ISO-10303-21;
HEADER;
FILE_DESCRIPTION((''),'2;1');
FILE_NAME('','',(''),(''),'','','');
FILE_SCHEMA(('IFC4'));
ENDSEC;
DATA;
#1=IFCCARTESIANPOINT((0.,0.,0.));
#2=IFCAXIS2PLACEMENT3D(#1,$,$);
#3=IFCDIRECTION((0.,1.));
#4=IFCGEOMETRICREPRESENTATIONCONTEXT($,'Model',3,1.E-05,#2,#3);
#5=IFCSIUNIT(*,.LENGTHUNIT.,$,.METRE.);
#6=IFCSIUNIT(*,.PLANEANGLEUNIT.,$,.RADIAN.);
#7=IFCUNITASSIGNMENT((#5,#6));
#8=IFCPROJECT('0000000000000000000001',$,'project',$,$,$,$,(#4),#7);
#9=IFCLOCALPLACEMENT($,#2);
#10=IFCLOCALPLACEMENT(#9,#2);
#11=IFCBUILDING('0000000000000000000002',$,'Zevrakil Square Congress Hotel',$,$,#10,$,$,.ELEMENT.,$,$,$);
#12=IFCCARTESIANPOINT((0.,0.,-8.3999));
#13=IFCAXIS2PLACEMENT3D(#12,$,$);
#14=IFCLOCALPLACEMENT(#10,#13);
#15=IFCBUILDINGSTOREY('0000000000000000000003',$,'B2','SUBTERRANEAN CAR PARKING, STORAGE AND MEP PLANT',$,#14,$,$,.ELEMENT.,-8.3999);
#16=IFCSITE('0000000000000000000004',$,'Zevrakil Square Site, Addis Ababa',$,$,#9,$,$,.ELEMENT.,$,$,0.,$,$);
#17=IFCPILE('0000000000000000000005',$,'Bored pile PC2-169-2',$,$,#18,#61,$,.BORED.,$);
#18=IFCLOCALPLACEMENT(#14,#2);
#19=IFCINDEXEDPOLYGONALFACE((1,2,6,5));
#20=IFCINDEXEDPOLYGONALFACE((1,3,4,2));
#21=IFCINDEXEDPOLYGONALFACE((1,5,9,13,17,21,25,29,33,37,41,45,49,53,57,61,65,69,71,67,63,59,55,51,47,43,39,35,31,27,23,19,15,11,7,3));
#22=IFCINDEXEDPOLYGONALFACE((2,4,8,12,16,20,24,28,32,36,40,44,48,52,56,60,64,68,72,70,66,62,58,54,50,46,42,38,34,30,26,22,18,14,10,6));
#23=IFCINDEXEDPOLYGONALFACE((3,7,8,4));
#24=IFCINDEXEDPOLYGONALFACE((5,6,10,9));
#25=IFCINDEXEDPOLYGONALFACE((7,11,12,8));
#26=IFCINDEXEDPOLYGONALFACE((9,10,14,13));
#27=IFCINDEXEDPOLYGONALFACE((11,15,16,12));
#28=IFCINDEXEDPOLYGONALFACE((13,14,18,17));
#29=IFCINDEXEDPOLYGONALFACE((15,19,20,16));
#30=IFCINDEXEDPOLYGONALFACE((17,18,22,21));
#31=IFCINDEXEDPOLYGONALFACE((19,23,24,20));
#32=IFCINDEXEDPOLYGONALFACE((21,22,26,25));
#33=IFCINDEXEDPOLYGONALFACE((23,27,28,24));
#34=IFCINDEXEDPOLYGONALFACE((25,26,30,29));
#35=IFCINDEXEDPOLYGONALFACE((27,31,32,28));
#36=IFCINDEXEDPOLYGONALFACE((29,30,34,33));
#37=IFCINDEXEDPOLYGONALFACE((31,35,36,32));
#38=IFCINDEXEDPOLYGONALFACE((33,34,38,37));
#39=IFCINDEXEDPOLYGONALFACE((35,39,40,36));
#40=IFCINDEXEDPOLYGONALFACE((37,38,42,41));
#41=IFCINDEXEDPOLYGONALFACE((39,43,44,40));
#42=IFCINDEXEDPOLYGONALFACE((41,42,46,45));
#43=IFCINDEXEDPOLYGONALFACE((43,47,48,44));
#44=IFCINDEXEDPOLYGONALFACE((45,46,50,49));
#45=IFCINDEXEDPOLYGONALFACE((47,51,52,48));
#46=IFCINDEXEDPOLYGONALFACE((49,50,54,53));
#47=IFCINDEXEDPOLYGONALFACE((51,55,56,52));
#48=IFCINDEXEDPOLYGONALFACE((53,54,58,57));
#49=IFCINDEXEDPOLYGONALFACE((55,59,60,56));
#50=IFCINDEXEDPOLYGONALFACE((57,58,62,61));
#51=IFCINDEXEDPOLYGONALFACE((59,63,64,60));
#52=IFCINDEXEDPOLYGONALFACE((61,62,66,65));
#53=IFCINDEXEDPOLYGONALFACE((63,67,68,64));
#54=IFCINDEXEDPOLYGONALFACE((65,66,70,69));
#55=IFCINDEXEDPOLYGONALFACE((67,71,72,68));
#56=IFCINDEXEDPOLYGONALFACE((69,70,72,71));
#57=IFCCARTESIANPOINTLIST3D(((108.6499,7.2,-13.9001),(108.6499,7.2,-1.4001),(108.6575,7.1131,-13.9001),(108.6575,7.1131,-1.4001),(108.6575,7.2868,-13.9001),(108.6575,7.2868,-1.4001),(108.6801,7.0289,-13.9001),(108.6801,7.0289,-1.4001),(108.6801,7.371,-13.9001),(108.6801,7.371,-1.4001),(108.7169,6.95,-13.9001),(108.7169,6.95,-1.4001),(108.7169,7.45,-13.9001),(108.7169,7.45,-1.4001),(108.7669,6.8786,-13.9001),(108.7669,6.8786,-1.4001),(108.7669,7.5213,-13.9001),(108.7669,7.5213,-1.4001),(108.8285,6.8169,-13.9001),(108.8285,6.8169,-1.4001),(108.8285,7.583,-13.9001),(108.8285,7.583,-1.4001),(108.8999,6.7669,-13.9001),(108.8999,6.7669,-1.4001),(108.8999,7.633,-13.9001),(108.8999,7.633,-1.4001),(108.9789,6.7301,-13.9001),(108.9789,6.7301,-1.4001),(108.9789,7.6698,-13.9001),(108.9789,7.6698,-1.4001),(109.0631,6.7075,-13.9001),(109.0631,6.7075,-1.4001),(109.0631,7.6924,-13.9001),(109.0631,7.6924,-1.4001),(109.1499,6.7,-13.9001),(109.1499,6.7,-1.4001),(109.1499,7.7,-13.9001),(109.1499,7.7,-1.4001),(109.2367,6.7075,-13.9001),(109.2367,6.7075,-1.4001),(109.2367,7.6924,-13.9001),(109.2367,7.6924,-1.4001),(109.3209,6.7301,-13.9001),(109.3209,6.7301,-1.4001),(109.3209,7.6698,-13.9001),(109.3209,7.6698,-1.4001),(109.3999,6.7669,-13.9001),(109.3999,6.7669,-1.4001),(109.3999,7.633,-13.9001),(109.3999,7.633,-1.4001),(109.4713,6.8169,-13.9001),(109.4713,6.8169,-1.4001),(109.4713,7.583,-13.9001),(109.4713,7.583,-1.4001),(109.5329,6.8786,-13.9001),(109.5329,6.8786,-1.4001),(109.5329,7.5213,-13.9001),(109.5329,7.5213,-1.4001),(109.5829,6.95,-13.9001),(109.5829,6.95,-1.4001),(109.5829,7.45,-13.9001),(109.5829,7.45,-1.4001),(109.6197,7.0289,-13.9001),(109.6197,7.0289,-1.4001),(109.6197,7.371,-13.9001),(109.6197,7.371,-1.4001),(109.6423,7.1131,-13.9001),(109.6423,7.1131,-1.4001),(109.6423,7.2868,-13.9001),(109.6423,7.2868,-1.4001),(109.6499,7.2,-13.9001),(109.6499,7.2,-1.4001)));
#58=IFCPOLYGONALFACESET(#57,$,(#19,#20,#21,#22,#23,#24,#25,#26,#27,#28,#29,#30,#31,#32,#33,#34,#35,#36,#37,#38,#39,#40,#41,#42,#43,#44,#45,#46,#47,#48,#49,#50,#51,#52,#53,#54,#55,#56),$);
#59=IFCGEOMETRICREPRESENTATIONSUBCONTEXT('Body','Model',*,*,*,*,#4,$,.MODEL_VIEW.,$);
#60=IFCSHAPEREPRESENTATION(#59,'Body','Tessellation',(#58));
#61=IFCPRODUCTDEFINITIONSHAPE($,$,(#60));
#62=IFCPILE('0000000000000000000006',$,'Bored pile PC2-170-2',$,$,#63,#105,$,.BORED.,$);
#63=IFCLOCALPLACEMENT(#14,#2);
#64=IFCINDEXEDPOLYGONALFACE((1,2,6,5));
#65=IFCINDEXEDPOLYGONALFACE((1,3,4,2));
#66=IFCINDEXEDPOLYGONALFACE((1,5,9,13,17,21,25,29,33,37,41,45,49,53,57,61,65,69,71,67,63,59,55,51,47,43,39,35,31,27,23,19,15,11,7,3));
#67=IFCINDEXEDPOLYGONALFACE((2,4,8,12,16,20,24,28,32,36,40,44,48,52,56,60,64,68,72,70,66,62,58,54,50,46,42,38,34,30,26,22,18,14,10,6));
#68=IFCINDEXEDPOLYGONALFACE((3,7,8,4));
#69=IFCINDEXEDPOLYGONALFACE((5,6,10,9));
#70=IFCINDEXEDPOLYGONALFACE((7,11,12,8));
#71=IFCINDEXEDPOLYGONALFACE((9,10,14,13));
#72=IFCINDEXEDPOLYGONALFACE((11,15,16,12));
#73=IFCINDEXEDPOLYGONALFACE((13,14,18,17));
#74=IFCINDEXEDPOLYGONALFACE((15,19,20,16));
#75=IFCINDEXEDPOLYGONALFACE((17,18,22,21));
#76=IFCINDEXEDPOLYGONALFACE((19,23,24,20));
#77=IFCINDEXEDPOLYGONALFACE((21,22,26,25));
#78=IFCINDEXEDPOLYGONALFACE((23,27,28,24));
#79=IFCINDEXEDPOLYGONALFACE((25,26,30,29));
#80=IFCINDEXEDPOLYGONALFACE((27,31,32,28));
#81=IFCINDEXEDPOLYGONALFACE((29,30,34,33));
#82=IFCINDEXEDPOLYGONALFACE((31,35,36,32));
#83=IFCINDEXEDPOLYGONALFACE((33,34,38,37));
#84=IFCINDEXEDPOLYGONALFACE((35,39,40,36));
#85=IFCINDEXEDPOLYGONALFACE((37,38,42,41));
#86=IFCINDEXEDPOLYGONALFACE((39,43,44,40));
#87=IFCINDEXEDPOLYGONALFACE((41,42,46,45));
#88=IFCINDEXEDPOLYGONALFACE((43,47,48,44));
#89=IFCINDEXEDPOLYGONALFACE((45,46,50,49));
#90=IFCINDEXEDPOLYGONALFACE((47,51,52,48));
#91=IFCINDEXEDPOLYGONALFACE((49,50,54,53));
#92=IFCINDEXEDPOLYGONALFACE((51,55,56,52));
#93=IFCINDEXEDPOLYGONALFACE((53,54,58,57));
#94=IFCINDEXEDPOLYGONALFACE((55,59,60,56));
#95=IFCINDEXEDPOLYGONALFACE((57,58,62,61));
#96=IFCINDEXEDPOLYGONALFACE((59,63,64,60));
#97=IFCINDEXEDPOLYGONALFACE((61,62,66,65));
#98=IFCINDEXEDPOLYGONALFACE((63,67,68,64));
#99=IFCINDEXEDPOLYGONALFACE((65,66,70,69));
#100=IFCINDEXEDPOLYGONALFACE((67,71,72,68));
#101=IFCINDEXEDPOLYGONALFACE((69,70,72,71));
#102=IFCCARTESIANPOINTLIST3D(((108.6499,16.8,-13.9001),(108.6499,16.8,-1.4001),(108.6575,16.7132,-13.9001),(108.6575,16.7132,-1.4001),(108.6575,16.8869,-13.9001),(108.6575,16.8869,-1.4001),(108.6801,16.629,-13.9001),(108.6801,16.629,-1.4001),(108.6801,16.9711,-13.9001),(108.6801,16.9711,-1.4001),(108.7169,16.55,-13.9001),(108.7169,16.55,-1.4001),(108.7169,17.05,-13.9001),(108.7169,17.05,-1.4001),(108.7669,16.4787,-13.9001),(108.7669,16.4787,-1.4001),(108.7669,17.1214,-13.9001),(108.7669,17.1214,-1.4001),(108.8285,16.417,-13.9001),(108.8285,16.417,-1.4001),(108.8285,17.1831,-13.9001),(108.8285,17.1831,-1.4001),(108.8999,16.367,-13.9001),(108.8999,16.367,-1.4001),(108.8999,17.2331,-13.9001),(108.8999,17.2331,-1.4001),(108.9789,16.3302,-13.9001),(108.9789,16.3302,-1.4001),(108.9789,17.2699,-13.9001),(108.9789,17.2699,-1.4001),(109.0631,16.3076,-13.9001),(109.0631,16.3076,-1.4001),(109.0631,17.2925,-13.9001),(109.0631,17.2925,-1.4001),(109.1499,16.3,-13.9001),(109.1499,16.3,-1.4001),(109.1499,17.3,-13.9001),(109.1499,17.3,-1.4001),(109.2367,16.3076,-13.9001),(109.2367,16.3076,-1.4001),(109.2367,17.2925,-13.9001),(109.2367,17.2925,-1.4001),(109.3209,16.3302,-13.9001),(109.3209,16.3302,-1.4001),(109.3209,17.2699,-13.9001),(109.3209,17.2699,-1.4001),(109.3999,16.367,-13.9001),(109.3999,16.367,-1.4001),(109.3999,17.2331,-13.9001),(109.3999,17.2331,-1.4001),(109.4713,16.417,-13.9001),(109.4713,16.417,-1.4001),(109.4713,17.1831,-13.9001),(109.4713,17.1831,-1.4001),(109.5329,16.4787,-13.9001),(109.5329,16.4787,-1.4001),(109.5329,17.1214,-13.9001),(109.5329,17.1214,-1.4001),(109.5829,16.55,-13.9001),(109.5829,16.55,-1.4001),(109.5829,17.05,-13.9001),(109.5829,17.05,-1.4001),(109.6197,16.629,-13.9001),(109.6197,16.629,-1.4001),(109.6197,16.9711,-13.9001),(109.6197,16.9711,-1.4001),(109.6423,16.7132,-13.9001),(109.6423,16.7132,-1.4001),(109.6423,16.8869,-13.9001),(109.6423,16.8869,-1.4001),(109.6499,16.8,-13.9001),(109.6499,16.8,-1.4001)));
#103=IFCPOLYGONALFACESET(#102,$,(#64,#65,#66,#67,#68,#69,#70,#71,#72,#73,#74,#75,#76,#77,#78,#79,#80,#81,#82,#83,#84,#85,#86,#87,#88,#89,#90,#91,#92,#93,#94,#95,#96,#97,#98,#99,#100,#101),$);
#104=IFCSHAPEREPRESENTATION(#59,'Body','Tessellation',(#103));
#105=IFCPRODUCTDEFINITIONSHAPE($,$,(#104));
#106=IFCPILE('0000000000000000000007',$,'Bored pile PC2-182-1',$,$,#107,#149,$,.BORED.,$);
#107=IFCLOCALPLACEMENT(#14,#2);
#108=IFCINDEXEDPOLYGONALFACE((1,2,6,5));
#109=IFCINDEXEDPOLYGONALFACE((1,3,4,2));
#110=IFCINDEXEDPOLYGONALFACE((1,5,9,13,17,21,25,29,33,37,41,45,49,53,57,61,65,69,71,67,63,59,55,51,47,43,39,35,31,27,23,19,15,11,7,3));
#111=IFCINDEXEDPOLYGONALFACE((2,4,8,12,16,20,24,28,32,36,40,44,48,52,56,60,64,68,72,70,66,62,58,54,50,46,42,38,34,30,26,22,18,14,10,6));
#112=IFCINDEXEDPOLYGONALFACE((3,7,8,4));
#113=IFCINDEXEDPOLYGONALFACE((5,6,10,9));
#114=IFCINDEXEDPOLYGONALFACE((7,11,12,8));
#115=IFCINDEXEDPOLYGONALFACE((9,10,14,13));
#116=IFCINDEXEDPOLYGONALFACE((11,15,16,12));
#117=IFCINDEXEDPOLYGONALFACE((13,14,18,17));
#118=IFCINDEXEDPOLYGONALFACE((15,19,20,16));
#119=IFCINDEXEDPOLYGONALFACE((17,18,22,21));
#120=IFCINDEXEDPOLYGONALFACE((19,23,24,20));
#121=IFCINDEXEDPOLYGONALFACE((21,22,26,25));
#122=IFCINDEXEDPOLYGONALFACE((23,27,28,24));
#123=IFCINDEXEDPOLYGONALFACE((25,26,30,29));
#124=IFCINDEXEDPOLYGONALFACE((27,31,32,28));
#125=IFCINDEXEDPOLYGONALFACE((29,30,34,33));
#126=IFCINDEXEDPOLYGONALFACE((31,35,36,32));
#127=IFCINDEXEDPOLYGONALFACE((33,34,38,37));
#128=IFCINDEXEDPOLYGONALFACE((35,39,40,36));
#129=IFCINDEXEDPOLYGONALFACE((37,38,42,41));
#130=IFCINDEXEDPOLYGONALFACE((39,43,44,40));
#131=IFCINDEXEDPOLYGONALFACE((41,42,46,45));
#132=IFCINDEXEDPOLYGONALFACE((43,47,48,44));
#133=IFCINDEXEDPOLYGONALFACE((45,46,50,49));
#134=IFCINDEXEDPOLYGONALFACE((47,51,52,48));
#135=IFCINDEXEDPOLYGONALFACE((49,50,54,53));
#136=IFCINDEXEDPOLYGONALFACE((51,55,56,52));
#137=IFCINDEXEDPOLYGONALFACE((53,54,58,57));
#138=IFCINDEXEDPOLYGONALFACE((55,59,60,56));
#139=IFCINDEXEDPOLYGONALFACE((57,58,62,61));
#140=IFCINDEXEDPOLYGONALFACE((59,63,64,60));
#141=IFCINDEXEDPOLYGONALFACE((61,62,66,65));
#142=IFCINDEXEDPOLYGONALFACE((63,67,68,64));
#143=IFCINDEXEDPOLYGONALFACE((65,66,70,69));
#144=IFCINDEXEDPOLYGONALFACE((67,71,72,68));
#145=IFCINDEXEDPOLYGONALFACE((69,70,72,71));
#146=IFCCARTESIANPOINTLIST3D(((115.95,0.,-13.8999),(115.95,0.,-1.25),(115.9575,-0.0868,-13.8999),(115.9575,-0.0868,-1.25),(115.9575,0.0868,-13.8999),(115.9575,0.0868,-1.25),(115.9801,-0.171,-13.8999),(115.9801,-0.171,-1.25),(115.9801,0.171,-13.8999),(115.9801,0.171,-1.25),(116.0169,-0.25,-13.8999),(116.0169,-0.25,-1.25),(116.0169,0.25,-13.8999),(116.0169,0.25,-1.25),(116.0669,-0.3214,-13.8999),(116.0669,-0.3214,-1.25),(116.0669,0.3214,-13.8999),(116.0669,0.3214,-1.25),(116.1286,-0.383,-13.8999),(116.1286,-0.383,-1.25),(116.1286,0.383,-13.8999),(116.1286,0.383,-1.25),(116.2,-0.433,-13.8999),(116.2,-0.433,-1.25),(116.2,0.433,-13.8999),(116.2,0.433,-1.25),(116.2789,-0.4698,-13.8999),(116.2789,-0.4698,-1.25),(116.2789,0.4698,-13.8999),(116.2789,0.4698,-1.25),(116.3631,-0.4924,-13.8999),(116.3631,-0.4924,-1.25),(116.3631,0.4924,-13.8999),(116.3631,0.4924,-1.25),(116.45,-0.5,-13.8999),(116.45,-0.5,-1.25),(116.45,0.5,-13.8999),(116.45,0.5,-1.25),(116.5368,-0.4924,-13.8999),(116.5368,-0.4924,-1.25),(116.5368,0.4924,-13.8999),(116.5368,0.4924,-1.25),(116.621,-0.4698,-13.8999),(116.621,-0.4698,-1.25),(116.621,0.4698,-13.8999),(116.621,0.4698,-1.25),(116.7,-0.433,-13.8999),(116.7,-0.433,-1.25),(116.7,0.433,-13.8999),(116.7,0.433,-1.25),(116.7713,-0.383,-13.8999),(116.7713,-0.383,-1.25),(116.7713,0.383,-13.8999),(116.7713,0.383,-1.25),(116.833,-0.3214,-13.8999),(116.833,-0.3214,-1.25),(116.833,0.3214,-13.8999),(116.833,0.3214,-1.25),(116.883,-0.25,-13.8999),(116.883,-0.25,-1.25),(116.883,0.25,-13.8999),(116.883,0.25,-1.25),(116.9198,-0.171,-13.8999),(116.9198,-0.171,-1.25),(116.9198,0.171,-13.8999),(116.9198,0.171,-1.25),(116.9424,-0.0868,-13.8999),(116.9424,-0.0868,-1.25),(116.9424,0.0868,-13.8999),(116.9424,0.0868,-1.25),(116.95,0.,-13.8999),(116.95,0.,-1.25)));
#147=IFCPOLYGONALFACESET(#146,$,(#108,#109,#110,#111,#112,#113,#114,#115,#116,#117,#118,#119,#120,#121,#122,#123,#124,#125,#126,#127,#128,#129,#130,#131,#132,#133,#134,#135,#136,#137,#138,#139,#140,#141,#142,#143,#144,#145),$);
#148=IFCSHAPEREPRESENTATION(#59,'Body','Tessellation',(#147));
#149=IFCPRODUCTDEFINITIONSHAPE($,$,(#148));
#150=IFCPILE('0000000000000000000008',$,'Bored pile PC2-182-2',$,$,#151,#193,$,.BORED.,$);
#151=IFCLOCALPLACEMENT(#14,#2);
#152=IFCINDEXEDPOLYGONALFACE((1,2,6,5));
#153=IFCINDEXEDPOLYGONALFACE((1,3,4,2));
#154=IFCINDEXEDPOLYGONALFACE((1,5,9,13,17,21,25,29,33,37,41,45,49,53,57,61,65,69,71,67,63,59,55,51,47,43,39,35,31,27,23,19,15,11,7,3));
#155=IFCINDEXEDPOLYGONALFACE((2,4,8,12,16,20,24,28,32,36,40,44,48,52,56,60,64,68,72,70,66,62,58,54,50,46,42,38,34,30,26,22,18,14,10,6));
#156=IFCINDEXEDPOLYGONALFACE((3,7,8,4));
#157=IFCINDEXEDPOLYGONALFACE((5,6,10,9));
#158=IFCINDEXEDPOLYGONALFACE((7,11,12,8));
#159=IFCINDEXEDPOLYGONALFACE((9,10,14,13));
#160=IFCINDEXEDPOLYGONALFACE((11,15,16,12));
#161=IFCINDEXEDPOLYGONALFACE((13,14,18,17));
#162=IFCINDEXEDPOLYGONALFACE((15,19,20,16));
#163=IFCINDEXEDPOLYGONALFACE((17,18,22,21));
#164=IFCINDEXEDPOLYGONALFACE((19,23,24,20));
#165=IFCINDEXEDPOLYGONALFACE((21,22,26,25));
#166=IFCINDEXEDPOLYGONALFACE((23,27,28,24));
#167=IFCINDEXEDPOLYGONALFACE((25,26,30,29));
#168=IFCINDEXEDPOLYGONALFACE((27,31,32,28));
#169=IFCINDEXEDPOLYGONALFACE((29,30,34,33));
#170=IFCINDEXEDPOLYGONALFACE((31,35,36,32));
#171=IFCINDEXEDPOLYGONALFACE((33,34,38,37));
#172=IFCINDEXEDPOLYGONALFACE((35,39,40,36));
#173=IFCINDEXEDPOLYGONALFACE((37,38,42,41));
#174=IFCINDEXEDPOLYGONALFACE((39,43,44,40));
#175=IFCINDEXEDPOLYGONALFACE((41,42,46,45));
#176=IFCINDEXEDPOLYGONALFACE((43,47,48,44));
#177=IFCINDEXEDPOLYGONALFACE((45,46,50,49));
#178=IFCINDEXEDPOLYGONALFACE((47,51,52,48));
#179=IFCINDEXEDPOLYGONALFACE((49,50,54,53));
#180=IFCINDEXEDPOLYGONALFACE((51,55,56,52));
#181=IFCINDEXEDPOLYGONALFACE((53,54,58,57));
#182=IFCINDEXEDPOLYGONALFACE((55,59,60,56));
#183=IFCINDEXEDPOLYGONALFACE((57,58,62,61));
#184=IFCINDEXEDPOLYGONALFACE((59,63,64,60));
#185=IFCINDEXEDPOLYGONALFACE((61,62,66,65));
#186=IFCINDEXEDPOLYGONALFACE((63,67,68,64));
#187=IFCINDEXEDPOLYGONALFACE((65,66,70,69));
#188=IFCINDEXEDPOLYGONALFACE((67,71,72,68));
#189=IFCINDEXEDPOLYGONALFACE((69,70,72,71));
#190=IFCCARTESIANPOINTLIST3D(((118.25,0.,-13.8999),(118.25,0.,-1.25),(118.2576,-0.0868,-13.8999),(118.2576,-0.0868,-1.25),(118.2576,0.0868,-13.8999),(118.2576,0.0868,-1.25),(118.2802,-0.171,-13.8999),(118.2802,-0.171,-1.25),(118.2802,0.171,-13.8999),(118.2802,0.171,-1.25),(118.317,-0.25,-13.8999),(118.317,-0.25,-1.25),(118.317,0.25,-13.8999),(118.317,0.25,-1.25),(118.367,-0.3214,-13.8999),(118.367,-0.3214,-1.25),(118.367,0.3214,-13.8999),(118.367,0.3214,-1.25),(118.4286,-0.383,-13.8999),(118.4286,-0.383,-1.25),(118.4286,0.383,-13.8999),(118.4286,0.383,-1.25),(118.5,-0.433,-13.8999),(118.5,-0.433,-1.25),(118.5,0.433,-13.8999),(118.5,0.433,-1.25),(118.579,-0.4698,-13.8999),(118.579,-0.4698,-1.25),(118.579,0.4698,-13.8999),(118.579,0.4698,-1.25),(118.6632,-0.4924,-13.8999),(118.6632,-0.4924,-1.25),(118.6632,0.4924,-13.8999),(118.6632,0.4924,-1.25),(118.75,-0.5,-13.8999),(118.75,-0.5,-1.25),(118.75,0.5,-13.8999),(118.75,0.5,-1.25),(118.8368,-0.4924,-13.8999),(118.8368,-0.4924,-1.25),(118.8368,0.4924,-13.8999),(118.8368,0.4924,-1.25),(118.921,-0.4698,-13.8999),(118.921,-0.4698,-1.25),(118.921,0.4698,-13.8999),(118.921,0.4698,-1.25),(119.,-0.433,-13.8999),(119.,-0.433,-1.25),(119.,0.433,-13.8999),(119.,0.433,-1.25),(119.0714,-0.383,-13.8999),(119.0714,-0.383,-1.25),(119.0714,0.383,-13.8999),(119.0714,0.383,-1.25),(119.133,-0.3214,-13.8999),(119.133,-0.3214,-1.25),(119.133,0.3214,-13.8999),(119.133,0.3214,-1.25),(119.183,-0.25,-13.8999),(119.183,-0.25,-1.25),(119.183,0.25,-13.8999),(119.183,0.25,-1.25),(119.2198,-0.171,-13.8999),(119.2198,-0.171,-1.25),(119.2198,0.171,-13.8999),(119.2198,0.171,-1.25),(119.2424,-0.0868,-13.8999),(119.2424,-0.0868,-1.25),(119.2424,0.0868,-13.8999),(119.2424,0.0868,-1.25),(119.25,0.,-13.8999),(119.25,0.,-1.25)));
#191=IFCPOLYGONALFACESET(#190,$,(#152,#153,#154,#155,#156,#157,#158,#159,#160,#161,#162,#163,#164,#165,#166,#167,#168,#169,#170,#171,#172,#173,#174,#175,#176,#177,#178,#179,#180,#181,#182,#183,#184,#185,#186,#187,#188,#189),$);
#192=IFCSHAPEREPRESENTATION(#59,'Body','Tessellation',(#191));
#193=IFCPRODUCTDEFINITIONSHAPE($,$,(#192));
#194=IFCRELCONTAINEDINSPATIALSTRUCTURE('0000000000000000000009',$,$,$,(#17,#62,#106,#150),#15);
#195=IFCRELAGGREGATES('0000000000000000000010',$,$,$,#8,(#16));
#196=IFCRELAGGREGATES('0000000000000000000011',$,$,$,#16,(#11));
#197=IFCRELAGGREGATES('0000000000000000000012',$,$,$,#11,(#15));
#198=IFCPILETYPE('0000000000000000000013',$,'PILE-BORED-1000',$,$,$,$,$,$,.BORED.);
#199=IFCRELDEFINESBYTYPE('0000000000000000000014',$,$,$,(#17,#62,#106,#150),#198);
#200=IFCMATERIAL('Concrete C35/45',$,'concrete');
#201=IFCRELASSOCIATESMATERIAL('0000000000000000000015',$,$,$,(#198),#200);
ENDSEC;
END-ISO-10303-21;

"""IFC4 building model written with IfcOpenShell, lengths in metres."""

from ifc_helpers import new_model, si_unit, direction, frame, origin, origin_2d, place, context, subcontext, project, spatial, circle, extrude, material, material_profile, profile_set, type_object, element, save


model = new_model("IFC4")

# Units and contexts
model_context = context("Model", 3, precision=1e-05, world=origin(), true_north=direction((0.0, 1.0)))
body_context = subcontext(model_context, "Body", "Model", "MODEL_VIEW")
ifc_project = project(units=[si_unit("LENGTHUNIT", "METRE"), si_unit("PLANEANGLEUNIT", "RADIAN")], contexts=[model_context])

# Site, building, storey
site_placement = place(None, origin())
site = spatial("IfcSite", under=ifc_project, at=site_placement, Name="Zevrakil Square Site, Addis Ababa", CompositionType="ELEMENT", RefElevation=0.0)
building_placement = place(site_placement, origin())
building = spatial("IfcBuilding", under=site, at=building_placement, Name="Zevrakil Square Congress Hotel", CompositionType="ELEMENT")
storey_placement = place(building_placement, frame((0.0, 0.0, -8.3999)))
storey = spatial("IfcBuildingStorey", under=building, at=storey_placement, Name="B2", Description="SUBTERRANEAN CAR PARKING, STORAGE AND MEP PLANT", CompositionType="ELEMENT", Elevation=-8.3999)

# Piles
ifc_material_1 = material(Name="Concrete C35/45", Category="concrete")
ifc_material_profile_1 = material_profile(ifc_material_1, circle(Radius=0.5, at=origin_2d()), Name="PILE D1000")
ifc_profile_set_1 = profile_set([ifc_material_profile_1], Name="Concrete C35/45")
pile_type_1 = type_object("IfcPileType", Name="PILE-BORED-1000", PredefinedType="BORED", material=ifc_profile_set_1)
for number, where, z_axis, x_axis, name in (
    (1, (109.1499, 7.2, -1.4001), (0.0, 0.0, -1.0), (1.0, 0.0, 0.0), "Bored pile PC2-169-2"),
    (2, (109.1499, 16.8, -1.4001), (0.0, 0.0, -1.0), (1.0, 0.0, 0.0), "Bored pile PC2-170-2"),
):
    element("IfcPile", number, at=place(storey_placement, frame(where, z_axis=z_axis, x_axis=x_axis)), inside=storey, type_object=pile_type_1, Name=name, PredefinedType="BORED", context=body_context, shape_type="SweptSolid", body=[
        extrude(circle(Radius=0.5, at=origin_2d()), origin(), (0.0, 0.0, 1.0), 12.5),
    ])
for number, where, z_axis, x_axis, name in (
    (3, (116.45, 0.0, -1.25), (0.0, 0.0, -1.0), (1.0, 0.0, 0.0), "Bored pile PC2-182-1"),
    (4, (118.75, 0.0, -1.25), (0.0, 0.0, -1.0), (1.0, 0.0, 0.0), "Bored pile PC2-182-2"),
):
    element("IfcPile", number, at=place(storey_placement, frame(where, z_axis=z_axis, x_axis=x_axis)), inside=storey, type_object=pile_type_1, Name=name, PredefinedType="BORED", context=body_context, shape_type="SweptSolid", body=[
        extrude(circle(Radius=0.5, at=origin_2d()), origin(), (0.0, 0.0, 1.0), 12.6499),
    ])

save(model, "model.ifc")
